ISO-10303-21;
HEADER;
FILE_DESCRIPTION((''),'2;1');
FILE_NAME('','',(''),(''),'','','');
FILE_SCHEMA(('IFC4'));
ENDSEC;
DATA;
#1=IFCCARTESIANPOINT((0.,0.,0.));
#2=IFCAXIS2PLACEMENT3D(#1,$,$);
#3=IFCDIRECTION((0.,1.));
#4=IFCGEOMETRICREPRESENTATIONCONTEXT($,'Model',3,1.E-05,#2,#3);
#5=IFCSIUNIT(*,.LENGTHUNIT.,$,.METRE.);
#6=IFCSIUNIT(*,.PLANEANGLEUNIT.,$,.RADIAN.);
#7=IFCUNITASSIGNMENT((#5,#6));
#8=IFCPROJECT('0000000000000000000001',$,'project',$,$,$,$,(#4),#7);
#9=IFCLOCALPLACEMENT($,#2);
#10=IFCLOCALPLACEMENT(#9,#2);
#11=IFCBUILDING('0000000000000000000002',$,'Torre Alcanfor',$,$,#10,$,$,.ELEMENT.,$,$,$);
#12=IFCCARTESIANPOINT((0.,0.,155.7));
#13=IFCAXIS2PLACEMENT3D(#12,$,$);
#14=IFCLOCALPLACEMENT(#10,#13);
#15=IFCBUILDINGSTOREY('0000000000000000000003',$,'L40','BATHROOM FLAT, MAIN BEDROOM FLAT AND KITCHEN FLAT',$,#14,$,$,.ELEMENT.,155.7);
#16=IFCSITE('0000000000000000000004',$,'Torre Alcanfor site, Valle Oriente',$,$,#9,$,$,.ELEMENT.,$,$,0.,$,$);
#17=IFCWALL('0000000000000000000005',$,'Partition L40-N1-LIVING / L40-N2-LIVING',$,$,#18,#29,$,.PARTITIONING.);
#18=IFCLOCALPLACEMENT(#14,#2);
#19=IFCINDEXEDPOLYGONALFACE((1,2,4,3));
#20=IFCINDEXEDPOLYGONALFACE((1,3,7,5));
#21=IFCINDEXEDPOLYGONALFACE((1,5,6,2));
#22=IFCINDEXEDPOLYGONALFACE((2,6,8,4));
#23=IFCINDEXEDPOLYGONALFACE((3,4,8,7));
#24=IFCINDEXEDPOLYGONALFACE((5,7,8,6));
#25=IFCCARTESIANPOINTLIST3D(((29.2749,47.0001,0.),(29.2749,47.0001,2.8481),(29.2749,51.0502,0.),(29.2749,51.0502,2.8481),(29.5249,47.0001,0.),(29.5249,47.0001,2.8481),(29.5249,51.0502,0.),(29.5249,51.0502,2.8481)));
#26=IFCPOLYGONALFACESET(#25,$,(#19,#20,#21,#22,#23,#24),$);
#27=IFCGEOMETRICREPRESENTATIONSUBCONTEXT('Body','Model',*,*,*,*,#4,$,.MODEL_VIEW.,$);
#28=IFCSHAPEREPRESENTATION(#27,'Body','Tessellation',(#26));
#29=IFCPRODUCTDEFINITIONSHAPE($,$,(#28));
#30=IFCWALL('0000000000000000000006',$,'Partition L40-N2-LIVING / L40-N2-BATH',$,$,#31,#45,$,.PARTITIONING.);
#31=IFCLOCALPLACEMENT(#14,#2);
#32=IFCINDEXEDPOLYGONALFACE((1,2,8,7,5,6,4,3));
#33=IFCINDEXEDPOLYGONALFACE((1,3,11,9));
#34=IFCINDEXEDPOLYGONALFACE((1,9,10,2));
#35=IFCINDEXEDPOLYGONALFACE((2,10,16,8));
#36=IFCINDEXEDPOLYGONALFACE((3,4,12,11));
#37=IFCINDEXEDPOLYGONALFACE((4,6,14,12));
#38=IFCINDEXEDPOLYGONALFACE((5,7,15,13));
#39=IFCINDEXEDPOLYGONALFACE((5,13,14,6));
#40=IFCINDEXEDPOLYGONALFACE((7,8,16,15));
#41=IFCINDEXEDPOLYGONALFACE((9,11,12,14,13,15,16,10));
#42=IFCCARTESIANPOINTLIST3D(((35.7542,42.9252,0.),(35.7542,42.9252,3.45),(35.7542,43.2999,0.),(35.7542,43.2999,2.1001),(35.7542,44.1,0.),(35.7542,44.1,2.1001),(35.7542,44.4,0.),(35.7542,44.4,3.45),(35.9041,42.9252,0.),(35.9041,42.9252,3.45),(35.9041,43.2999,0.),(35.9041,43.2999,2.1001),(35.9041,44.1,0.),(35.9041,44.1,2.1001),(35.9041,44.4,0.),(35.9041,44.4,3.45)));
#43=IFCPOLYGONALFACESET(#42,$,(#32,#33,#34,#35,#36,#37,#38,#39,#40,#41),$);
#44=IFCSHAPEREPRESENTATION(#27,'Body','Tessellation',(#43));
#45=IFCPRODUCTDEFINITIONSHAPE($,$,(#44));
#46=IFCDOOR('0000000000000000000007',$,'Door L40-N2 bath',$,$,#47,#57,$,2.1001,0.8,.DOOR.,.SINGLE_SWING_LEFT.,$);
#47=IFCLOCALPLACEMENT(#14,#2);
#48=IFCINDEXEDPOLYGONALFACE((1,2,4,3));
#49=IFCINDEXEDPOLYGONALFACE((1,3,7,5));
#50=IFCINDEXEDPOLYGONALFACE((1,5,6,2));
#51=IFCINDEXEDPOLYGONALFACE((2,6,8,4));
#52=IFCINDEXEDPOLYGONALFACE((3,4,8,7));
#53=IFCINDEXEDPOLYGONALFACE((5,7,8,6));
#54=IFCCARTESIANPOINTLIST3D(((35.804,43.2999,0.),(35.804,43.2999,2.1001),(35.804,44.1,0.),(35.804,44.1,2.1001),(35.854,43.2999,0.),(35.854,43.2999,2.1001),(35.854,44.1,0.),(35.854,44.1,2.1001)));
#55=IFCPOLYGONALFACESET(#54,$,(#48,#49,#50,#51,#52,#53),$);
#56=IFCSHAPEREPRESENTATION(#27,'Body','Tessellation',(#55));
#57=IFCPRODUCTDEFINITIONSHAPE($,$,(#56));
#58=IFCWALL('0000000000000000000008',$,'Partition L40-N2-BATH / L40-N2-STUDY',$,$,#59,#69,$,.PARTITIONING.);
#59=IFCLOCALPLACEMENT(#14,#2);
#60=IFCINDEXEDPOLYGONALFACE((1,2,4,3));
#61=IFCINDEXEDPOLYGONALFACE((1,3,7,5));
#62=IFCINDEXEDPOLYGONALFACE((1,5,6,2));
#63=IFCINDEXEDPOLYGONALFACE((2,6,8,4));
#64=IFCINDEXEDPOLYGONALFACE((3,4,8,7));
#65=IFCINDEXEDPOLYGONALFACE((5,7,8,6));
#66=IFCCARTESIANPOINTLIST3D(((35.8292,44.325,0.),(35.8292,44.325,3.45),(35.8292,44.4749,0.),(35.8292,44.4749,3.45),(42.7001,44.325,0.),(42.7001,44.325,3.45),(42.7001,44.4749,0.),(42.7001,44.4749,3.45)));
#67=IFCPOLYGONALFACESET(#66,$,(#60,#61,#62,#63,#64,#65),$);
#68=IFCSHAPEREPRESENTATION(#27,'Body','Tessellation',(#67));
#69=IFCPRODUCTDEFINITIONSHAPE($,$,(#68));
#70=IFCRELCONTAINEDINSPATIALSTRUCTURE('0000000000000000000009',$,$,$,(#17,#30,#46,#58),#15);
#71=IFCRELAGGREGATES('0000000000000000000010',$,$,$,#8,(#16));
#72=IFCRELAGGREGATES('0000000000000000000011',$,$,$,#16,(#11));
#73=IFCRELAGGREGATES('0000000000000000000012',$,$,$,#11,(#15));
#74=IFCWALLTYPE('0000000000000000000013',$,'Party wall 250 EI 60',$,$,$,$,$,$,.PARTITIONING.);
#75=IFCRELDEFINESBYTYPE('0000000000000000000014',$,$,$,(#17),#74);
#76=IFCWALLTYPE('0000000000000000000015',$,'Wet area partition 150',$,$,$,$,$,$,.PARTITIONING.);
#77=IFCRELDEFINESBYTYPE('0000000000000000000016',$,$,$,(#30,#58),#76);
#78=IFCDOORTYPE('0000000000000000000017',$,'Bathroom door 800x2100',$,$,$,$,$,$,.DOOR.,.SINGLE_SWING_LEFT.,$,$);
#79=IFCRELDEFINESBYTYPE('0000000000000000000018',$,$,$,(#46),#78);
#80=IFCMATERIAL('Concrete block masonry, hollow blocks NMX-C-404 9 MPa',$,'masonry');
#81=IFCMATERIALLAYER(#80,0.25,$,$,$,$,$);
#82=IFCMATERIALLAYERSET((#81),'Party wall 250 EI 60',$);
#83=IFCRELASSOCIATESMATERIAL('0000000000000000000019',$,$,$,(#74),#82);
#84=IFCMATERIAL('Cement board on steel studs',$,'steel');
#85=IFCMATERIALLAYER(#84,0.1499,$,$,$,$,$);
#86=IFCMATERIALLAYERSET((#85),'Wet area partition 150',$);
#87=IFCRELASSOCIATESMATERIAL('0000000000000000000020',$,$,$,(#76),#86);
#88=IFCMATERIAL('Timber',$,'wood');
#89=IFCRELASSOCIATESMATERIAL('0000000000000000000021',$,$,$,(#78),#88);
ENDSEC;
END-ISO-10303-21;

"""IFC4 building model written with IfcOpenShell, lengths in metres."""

from ifc_helpers import new_model, si_unit, direction, frame, frame_2d, origin, place, context, subcontext, project, spatial, rectangle, extrude, material, layer, layer_set, type_object, element, fill, save


model = new_model("IFC4")

# Units and contexts
model_context = context("Model", 3, precision=1e-05, world=origin(), true_north=direction((0.0, 1.0)))
body_context = subcontext(model_context, "Body", "Model", "MODEL_VIEW")
ifc_project = project(units=[si_unit("LENGTHUNIT", "METRE"), si_unit("PLANEANGLEUNIT", "RADIAN")], contexts=[model_context])

# Site, building, storey
site_placement = place(None, origin())
site = spatial("IfcSite", under=ifc_project, at=site_placement, Name="Torre Alcanfor site, Valle Oriente", CompositionType="ELEMENT", RefElevation=0.0)
building_placement = place(site_placement, origin())
building = spatial("IfcBuilding", under=site, at=building_placement, Name="Torre Alcanfor", CompositionType="ELEMENT")
storey_placement = place(building_placement, frame((0.0, 0.0, 155.7)))
storey = spatial("IfcBuildingStorey", under=building, at=storey_placement, Name="L40", Description="BATHROOM FLAT, MAIN BEDROOM FLAT AND KITCHEN FLAT", CompositionType="ELEMENT", Elevation=155.7)

# Wall
ifc_material_1 = material(Name="Concrete block masonry, hollow blocks NMX-C-404 9 MPa", Category="masonry")
ifc_layer_1 = layer(ifc_material_1, 0.25)
ifc_layer_set_1 = layer_set([ifc_layer_1], Name="Party wall 250 EI 60")
wall_type_1 = type_object("IfcWallType", Name="Party wall 250 EI 60", PredefinedType="PARTITIONING", material=ifc_layer_set_1)
wall_1_placement = place(storey_placement, frame((29.3999, 51.05, 0.0), z_axis=(0.0, 0.0, 1.0), x_axis=(0.0, -1.0, 0.0)))
element("IfcWall", 1, at=wall_1_placement, inside=storey, type_object=wall_type_1, Name="Partition L40-N1-LIVING / L40-N2-LIVING", PredefinedType="PARTITIONING", context=body_context, shape_type="SweptSolid", body=[
    extrude(rectangle(XDim=4.05, YDim=0.25, at=frame_2d((2.0249, 0.0))), origin(), (0.0, 0.0, 1.0), 2.8481),
])

# Wall, opening, door
ifc_material_2 = material(Name="Cement board on steel studs", Category="steel")
ifc_layer_2 = layer(ifc_material_2, 0.1499)
ifc_layer_set_2 = layer_set([ifc_layer_2], Name="Wet area partition 150")
wall_type_2 = type_object("IfcWallType", Name="Wet area partition 150", PredefinedType="PARTITIONING", material=ifc_layer_set_2)
wall_2_placement = place(storey_placement, frame((35.8291, 44.3999, 0.0), z_axis=(0.0, 0.0, 1.0), x_axis=(0.0, -1.0, 0.0)))
wall_2 = element("IfcWall", 2, at=wall_2_placement, inside=storey, type_object=wall_type_2, Name="Partition L40-N2-LIVING / L40-N2-BATH", PredefinedType="PARTITIONING", context=body_context, shape_type="SweptSolid", body=[
    extrude(rectangle(XDim=1.4749, YDim=0.1499, at=frame_2d((0.7373, 0.0))), origin(), (0.0, 0.0, 1.0), 3.45),
])
opening_1_placement = place(wall_2_placement, frame((0.3, 0.0, 0.0)))
opening_1 = element("IfcOpeningElement", 3, at=opening_1_placement, cuts=wall_2, PredefinedType="OPENING", context=body_context, shape_type="SweptSolid", body=[
    extrude(rectangle(XDim=0.8, YDim=2.1001, at=frame_2d((0.3999, 1.05))), frame((0.0, 0.085, 0.0), z_axis=(0.0, -1.0, 0.0), x_axis=(1.0, 0.0, 0.0)), (0.0, 0.0, 1.0), 0.1699),
])
ifc_material_3 = material(Name="Timber", Category="wood")
door_type_1 = type_object("IfcDoorType", Name="Bathroom door 800x2100", OperationType="SINGLE_SWING_LEFT", PredefinedType="DOOR", material=ifc_material_3)
door_1_placement = place(opening_1_placement, origin())
door_1 = element("IfcDoor", 4, at=door_1_placement, inside=storey, type_object=door_type_1, Name="Door L40-N2 bath", OperationType="SINGLE_SWING_LEFT", OverallHeight=2.1001, OverallWidth=0.8, PredefinedType="DOOR", context=body_context, shape_type="SweptSolid", body=[
    extrude(rectangle(XDim=0.8, YDim=2.1001, at=frame_2d((0.3999, 1.05))), frame((0.0, 0.0249, 0.0), z_axis=(0.0, -1.0, 0.0), x_axis=(1.0, 0.0, 0.0)), (0.0, 0.0, 1.0), 0.05),
])
fill(opening_1, door_1)

# Wall
wall_3_placement = place(storey_placement, frame((35.8291, 44.3999, 0.0), z_axis=(0.0, 0.0, 1.0), x_axis=(1.0, 0.0, 0.0)))
element("IfcWall", 5, at=wall_3_placement, inside=storey, type_object=wall_type_2, Name="Partition L40-N2-BATH / L40-N2-STUDY", PredefinedType="PARTITIONING", context=body_context, shape_type="SweptSolid", body=[
    extrude(rectangle(XDim=6.8708, YDim=0.1499, at=frame_2d((3.4355, 0.0))), origin(), (0.0, 0.0, 1.0), 3.45),
])

save(model, "model.ifc")
